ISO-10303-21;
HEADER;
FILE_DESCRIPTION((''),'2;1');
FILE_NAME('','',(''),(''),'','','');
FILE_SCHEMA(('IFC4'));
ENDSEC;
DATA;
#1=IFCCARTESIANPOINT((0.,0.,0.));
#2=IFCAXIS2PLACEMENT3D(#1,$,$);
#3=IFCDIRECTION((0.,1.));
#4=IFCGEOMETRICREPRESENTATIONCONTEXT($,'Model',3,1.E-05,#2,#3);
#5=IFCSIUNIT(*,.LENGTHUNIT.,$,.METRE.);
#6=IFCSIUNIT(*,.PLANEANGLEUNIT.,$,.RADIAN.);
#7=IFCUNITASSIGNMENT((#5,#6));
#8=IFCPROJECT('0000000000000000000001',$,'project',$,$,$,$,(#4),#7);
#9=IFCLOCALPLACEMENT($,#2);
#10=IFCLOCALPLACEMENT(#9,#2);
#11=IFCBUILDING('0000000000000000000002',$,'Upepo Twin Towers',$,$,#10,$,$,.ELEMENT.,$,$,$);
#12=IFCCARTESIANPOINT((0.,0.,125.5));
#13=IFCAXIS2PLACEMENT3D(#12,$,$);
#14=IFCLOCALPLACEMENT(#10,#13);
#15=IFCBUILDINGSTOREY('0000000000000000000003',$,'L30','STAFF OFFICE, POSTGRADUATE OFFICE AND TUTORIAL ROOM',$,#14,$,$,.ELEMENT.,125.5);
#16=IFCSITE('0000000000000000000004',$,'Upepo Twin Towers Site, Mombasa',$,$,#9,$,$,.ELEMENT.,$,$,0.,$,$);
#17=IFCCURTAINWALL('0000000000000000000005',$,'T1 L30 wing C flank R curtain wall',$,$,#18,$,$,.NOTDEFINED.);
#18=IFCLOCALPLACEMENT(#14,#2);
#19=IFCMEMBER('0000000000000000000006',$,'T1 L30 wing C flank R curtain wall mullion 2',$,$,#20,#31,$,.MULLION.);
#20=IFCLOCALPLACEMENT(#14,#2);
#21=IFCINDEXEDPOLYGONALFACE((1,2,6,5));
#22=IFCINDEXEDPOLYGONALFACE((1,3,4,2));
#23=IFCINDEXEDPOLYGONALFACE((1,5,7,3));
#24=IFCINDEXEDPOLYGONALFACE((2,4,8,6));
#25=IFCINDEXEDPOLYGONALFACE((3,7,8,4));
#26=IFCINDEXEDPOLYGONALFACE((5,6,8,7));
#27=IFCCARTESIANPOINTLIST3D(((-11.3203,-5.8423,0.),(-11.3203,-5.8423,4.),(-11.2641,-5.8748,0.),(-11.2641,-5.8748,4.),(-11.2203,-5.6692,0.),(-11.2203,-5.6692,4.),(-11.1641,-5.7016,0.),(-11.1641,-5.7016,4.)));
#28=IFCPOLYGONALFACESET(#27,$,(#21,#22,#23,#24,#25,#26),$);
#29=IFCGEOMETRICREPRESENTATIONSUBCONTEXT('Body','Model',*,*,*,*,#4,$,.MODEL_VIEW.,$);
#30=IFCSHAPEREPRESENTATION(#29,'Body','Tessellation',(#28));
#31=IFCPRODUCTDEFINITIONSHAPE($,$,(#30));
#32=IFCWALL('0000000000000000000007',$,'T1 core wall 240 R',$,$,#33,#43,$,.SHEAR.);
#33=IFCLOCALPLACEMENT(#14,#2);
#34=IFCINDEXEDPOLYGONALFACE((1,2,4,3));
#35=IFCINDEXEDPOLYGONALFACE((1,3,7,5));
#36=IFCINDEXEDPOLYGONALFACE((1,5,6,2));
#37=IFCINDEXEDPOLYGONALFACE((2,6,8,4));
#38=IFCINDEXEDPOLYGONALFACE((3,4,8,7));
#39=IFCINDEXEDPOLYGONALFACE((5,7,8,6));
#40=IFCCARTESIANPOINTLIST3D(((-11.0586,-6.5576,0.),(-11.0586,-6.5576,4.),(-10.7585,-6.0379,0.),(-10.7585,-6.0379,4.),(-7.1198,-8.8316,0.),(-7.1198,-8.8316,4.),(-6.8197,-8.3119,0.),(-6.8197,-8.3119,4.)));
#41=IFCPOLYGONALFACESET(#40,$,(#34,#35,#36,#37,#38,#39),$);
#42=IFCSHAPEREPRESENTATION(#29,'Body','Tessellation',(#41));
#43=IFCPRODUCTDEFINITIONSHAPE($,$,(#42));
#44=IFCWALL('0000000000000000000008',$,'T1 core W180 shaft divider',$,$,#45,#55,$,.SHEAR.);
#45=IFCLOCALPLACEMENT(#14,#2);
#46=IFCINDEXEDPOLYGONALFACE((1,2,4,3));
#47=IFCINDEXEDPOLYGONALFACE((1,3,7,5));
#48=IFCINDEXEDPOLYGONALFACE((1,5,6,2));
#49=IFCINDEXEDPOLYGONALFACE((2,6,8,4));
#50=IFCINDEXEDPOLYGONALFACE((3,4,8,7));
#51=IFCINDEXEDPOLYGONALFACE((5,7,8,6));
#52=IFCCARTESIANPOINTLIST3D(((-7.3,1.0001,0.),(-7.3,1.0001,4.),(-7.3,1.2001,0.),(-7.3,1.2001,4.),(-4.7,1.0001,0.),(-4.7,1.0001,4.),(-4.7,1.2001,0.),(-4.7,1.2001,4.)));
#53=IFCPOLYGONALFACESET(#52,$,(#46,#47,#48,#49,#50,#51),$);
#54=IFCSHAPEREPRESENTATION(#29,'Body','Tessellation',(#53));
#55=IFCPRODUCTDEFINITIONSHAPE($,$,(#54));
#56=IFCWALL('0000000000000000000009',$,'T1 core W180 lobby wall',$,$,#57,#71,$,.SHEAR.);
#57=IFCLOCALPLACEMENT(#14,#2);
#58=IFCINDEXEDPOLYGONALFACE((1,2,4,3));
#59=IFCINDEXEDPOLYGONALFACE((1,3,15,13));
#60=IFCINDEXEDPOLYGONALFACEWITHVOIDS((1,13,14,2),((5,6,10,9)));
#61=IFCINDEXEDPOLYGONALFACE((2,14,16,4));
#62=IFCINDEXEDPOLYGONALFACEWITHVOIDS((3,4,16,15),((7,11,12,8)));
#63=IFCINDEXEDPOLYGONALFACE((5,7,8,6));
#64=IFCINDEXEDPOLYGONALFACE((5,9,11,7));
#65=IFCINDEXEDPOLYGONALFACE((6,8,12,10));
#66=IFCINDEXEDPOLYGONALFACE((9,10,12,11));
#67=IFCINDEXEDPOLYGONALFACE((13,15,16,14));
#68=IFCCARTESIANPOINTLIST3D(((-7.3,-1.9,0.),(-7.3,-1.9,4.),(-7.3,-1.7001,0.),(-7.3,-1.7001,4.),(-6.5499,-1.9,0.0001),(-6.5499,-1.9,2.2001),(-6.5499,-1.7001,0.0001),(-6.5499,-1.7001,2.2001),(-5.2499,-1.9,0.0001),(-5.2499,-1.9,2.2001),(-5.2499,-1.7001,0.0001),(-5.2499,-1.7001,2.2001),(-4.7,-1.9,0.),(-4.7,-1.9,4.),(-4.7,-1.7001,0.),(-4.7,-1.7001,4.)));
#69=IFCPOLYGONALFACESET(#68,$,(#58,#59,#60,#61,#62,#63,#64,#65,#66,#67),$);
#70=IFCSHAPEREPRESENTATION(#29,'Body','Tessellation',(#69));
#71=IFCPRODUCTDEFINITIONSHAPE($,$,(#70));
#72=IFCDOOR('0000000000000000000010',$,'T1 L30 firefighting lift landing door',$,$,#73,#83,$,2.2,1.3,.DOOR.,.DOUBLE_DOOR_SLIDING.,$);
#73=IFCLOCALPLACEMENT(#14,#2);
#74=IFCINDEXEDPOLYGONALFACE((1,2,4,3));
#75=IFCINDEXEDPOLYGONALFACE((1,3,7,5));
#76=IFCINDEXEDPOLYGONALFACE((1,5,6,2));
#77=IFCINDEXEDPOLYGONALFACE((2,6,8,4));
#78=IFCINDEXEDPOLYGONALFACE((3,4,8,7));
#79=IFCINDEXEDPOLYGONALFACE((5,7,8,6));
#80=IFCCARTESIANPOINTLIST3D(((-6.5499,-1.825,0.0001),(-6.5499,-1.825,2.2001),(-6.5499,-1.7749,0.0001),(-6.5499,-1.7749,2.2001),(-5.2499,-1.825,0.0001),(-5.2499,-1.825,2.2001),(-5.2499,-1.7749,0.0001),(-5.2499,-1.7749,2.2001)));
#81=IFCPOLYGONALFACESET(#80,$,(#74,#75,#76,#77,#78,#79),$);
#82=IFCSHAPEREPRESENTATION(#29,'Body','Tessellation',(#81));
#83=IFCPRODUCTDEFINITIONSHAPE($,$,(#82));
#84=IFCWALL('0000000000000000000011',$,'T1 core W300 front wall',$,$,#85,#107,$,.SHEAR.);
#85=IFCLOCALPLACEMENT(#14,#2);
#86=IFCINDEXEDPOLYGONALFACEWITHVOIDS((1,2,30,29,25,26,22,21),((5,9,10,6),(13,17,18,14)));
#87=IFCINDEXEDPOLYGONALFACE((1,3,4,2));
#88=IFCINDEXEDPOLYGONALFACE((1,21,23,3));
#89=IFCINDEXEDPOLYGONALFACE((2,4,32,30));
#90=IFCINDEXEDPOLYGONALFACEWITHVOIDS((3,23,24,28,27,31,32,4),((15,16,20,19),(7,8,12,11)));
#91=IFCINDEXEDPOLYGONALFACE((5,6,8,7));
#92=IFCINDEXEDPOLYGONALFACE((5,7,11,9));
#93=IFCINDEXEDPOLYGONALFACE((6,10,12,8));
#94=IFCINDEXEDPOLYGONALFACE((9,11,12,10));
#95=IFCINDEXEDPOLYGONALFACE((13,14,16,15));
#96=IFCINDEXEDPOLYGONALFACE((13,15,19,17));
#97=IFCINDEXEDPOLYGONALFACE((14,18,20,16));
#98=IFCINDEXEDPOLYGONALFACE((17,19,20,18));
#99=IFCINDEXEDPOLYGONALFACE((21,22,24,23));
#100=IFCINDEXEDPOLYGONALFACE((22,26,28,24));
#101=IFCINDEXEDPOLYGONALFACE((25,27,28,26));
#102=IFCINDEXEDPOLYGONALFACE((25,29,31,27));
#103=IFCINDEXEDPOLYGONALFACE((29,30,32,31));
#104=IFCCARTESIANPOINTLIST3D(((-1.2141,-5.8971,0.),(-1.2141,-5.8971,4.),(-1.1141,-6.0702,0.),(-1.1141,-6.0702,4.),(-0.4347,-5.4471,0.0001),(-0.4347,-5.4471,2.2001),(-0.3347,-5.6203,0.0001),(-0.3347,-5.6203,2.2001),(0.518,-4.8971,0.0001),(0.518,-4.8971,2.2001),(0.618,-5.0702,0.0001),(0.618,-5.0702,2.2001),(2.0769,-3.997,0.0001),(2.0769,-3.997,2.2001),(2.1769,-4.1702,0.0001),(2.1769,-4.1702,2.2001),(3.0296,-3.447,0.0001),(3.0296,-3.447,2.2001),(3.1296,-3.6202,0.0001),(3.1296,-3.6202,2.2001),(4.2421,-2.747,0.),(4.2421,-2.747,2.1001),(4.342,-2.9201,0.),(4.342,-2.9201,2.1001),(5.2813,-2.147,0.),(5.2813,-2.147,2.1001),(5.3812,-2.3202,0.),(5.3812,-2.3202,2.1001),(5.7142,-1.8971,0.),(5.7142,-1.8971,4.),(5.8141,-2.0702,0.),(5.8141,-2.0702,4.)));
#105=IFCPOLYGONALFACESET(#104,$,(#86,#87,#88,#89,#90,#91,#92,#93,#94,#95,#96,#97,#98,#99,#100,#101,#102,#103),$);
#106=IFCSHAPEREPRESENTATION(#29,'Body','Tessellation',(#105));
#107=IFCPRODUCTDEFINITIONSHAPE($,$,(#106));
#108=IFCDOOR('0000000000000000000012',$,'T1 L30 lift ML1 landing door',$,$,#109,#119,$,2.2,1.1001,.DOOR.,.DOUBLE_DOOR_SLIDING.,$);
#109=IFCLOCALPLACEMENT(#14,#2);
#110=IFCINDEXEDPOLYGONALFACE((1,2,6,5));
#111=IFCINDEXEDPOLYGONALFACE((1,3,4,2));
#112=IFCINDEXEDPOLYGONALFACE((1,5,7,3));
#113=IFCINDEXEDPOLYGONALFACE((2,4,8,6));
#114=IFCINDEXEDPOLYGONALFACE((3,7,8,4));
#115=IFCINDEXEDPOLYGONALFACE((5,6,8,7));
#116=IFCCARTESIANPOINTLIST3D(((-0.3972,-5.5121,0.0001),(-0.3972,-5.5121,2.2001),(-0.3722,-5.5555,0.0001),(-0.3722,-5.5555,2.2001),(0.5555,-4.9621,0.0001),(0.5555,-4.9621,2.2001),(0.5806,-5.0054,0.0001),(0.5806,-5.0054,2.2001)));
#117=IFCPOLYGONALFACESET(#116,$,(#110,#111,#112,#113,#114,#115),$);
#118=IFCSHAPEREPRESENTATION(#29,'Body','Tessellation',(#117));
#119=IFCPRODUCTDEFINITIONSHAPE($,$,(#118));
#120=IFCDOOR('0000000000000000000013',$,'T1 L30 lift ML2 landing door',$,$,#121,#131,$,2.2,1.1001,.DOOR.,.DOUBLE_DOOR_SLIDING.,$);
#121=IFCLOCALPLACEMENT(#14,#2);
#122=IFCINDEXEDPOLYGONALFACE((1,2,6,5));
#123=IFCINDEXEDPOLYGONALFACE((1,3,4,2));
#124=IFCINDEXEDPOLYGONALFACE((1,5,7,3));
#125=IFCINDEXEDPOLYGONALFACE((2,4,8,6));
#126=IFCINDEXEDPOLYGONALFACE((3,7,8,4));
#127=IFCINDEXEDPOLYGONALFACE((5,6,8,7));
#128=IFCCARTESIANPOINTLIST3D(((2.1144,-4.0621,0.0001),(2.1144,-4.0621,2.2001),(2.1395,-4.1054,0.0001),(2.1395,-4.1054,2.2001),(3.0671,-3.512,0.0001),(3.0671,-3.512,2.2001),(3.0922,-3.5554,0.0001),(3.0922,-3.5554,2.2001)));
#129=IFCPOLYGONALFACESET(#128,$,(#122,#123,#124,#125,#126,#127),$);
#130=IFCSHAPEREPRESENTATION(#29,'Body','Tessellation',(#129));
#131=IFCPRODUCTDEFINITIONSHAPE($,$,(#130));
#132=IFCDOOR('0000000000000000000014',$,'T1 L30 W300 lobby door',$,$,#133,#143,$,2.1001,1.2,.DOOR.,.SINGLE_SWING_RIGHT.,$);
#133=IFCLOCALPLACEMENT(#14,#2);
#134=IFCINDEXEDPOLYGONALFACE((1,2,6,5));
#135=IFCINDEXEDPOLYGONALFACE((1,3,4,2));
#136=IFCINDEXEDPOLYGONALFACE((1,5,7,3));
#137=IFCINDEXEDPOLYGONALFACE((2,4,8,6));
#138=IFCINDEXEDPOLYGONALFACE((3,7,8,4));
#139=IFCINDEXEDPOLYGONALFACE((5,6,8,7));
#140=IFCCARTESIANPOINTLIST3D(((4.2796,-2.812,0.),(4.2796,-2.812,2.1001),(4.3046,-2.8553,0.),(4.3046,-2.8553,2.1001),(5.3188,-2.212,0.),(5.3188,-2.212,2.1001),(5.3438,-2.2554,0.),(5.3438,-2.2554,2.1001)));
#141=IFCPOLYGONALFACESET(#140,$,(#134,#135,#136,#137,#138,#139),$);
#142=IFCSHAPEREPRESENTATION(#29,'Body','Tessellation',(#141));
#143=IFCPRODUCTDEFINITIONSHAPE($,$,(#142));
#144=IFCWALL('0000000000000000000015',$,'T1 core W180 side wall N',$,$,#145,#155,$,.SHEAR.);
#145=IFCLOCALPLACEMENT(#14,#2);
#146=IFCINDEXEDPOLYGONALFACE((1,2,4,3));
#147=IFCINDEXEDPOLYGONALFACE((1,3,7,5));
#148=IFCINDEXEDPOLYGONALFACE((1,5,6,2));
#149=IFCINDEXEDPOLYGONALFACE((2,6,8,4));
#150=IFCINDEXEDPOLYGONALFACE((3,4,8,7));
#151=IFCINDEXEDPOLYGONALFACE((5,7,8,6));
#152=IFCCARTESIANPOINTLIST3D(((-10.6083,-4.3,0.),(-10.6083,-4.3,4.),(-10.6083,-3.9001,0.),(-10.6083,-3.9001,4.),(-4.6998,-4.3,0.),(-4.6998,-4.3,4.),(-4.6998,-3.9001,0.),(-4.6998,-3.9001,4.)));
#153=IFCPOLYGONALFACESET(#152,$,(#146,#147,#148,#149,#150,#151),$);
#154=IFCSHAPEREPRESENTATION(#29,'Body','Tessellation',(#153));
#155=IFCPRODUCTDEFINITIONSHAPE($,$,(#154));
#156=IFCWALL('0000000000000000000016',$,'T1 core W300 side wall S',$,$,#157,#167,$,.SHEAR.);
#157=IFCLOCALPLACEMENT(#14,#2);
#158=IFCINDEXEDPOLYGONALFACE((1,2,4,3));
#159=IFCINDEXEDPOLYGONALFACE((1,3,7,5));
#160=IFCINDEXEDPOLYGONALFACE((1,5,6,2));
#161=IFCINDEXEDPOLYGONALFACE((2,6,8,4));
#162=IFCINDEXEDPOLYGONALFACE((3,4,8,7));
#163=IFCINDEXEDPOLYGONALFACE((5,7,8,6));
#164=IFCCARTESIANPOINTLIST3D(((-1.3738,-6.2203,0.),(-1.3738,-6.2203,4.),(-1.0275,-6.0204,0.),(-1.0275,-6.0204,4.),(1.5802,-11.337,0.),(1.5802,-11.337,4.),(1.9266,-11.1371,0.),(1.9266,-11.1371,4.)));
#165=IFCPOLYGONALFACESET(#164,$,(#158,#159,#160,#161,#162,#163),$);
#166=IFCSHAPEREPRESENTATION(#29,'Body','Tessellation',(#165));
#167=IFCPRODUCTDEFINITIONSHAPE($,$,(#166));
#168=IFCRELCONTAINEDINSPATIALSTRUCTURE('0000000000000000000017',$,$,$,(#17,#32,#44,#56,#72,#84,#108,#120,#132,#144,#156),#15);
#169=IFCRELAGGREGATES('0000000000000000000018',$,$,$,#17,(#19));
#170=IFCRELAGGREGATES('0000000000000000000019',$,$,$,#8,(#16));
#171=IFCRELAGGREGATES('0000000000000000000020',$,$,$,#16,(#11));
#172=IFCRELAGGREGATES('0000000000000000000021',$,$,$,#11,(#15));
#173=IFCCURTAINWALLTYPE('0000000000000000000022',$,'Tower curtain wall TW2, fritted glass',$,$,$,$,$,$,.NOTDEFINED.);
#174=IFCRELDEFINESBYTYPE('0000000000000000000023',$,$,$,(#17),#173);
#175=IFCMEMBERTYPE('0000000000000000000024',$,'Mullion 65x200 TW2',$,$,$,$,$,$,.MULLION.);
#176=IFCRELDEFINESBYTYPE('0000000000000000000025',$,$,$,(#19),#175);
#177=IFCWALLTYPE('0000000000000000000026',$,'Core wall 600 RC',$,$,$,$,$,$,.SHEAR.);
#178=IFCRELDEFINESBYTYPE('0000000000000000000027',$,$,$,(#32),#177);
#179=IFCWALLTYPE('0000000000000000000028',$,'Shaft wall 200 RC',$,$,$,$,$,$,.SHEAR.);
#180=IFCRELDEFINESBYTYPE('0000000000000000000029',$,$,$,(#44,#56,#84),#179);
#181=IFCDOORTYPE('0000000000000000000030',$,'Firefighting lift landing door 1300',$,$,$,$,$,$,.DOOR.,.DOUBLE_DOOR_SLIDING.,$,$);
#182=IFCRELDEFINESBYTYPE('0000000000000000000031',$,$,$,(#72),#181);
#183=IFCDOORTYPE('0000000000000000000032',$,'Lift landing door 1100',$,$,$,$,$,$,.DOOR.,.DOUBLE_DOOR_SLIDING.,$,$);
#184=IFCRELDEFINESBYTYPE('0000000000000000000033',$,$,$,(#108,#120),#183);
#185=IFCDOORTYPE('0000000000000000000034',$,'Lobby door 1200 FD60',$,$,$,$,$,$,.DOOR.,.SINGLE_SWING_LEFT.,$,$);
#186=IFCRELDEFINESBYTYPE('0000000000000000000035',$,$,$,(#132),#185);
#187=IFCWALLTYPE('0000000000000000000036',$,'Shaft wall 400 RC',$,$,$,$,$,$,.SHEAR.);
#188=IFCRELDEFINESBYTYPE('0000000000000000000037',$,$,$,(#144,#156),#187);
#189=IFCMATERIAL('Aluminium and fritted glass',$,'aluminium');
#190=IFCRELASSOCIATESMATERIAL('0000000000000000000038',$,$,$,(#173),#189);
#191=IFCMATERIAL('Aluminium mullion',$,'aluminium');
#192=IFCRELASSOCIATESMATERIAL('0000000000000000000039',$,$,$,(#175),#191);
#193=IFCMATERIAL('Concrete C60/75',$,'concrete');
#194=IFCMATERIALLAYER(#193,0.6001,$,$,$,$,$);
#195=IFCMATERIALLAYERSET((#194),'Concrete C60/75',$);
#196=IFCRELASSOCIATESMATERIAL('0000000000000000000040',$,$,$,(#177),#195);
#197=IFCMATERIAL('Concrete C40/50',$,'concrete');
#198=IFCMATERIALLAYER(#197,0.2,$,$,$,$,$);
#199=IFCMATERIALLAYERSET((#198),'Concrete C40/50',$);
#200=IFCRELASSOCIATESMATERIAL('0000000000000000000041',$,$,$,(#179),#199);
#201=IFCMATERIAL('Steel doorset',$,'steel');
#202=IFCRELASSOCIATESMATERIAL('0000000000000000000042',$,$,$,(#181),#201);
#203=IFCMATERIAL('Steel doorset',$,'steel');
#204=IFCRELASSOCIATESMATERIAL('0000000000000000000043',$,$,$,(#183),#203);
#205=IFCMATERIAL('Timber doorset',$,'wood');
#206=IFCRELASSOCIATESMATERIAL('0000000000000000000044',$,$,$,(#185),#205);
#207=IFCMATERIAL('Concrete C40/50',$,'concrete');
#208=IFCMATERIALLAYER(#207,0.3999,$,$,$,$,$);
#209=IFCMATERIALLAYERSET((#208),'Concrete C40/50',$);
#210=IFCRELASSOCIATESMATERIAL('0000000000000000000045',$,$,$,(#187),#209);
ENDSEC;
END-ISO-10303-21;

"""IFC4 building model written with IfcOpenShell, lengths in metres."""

from ifc_helpers import new_model, si_unit, direction, frame, frame_2d, origin, origin_2d, place, context, subcontext, project, spatial, rectangle, extrude, material, layer, layer_set, material_profile, profile_set, type_object, element, fill, aggregate, save


model = new_model("IFC4")

# Units and contexts
model_context = context("Model", 3, precision=1e-05, world=origin(), true_north=direction((0.0, 1.0)))
body_context = subcontext(model_context, "Body", "Model", "MODEL_VIEW")
ifc_project = project(units=[si_unit("LENGTHUNIT", "METRE"), si_unit("PLANEANGLEUNIT", "RADIAN")], contexts=[model_context])

# Site, building, storey
site_placement = place(None, origin())
site = spatial("IfcSite", under=ifc_project, at=site_placement, Name="Upepo Twin Towers Site, Mombasa", CompositionType="ELEMENT", RefElevation=0.0)
building_placement = place(site_placement, origin())
building = spatial("IfcBuilding", under=site, at=building_placement, Name="Upepo Twin Towers", CompositionType="ELEMENT")
storey_placement = place(building_placement, frame((0.0, 0.0, 125.5)))
storey = spatial("IfcBuildingStorey", under=building, at=storey_placement, Name="L30", Description="STAFF OFFICE, POSTGRADUATE OFFICE AND TUTORIAL ROOM", CompositionType="ELEMENT", Elevation=125.5)

# Curtain wall, member
ifc_material_1 = material(Name="Aluminium and fritted glass", Category="aluminium")
curtain_wall_type = type_object("IfcCurtainWallType", Name="Tower curtain wall TW2, fritted glass", PredefinedType="NOTDEFINED", material=ifc_material_1)
curtain_wall_placement = place(storey_placement, origin())
curtain_wall = element("IfcCurtainWall", 1, at=curtain_wall_placement, inside=storey, type_object=curtain_wall_type, Name="T1 L30 wing C flank R curtain wall", PredefinedType="NOTDEFINED")
ifc_material_2 = material(Name="Aluminium mullion", Category="aluminium")
ifc_material_profile = material_profile(ifc_material_2, rectangle(XDim=0.0649, YDim=0.2, at=origin_2d()), Name="MULLION 65x200")
ifc_profile_set = profile_set([ifc_material_profile], Name="Aluminium mullion")
member_type = type_object("IfcMemberType", Name="Mullion 65x200 TW2", PredefinedType="MULLION", material=ifc_profile_set)
member_placement = place(storey_placement, frame((-11.2422, -5.772, 0.0), z_axis=(0.0, 0.0, 1.0), x_axis=(-0.866025, 0.5, 0.0)))
member = element("IfcMember", 2, at=member_placement, type_object=member_type, Name="T1 L30 wing C flank R curtain wall mullion 2", PredefinedType="MULLION", context=body_context, shape_type="SweptSolid", body=[
    extrude(rectangle(XDim=0.0649, YDim=0.2, at=origin_2d()), origin(), (0.0, 0.0, 1.0), 4.0),
])
aggregate(curtain_wall, [member])

# Walls
ifc_material_3 = material(Name="Concrete C60/75", Category="concrete")
ifc_layer_1 = layer(ifc_material_3, 0.6001)
ifc_layer_set_1 = layer_set([ifc_layer_1], Name="Concrete C60/75")
wall_type_1 = type_object("IfcWallType", Name="Core wall 600 RC", PredefinedType="SHEAR", material=ifc_layer_set_1)
wall_1_placement = place(storey_placement, frame((-10.9084, -6.2979, 0.0), z_axis=(0.0, 0.0, 1.0), x_axis=(0.866035, -0.499984, 0.0)))
element("IfcWall", 3, at=wall_1_placement, inside=storey, type_object=wall_type_1, Name="T1 core wall 240 R", PredefinedType="SHEAR", context=body_context, shape_type="SweptSolid", body=[
    extrude(rectangle(XDim=4.5481, YDim=0.6001, at=frame_2d((2.2739, 0.0))), origin(), (0.0, 0.0, 1.0), 4.0),
])
ifc_material_4 = material(Name="Concrete C40/50", Category="concrete")
ifc_layer_2 = layer(ifc_material_4, 0.2)
ifc_layer_set_2 = layer_set([ifc_layer_2], Name="Concrete C40/50")
wall_type_2 = type_object("IfcWallType", Name="Shaft wall 200 RC", PredefinedType="SHEAR", material=ifc_layer_set_2)
wall_2_placement = place(storey_placement, frame((-4.7, 1.1001, 0.0), z_axis=(0.0, 0.0, 1.0), x_axis=(-1.0, 0.0, 0.0)))
element("IfcWall", 4, at=wall_2_placement, inside=storey, type_object=wall_type_2, Name="T1 core W180 shaft divider", PredefinedType="SHEAR", context=body_context, shape_type="SweptSolid", body=[
    extrude(rectangle(XDim=2.6001, YDim=0.2, at=frame_2d((1.3, 0.0))), origin(), (0.0, 0.0, 1.0), 4.0),
])

# Wall, opening, door
wall_3_placement = place(storey_placement, frame((-4.7, -1.8, 0.0), z_axis=(0.0, 0.0, 1.0), x_axis=(-1.0, 0.0, 0.0)))
wall_3 = element("IfcWall", 5, at=wall_3_placement, inside=storey, type_object=wall_type_2, Name="T1 core W180 lobby wall", PredefinedType="SHEAR", context=body_context, shape_type="SweptSolid", body=[
    extrude(rectangle(XDim=2.6001, YDim=0.2, at=frame_2d((1.3, 0.0))), origin(), (0.0, 0.0, 1.0), 4.0),
])
opening_1_placement = place(wall_3_placement, frame((0.55, 0.0, 0.0)))
opening_1 = element("IfcOpeningElement", 6, at=opening_1_placement, cuts=wall_3, PredefinedType="OPENING", context=body_context, shape_type="SweptSolid", body=[
    extrude(rectangle(XDim=1.3, YDim=2.2, at=frame_2d((0.6499, 1.1001))), frame((0.0, 0.1099, 0.0), z_axis=(0.0, -1.0, 0.0), x_axis=(1.0, 0.0, 0.0)), (0.0, 0.0, 1.0), 0.22),
])
ifc_material_5 = material(Name="Steel doorset", Category="steel")
door_type_1 = type_object("IfcDoorType", Name="Firefighting lift landing door 1300", OperationType="DOUBLE_DOOR_SLIDING", PredefinedType="DOOR", material=ifc_material_5)
door_1_placement = place(opening_1_placement, origin())
door_1 = element("IfcDoor", 7, at=door_1_placement, inside=storey, type_object=door_type_1, Name="T1 L30 firefighting lift landing door", OperationType="DOUBLE_DOOR_SLIDING", OverallHeight=2.2, OverallWidth=1.3, PredefinedType="DOOR", context=body_context, shape_type="SweptSolid", body=[
    extrude(rectangle(XDim=1.3, YDim=2.2, at=frame_2d((0.6499, 1.1001))), frame((0.0, 0.0249, 0.0), z_axis=(0.0, -1.0, 0.0), x_axis=(1.0, 0.0, 0.0)), (0.0, 0.0, 1.0), 0.05),
])
fill(opening_1, door_1)

# Wall, openings, doors
wall_4_placement = place(storey_placement, frame((-1.1641, -5.9836, 0.0), z_axis=(0.0, 0.0, 1.0), x_axis=(0.866026, 0.499999, 0.0)))
wall_4 = element("IfcWall", 8, at=wall_4_placement, inside=storey, type_object=wall_type_2, Name="T1 core W300 front wall", PredefinedType="SHEAR", context=body_context, shape_type="SweptSolid", body=[
    extrude(rectangle(XDim=8.0, YDim=0.2, at=frame_2d((4.0, 0.0))), origin(), (0.0, 0.0, 1.0), 4.0),
])
opening_2_placement = place(wall_4_placement, frame((6.3, 0.0, 0.0)))
opening_2 = element("IfcOpeningElement", 9, at=opening_2_placement, cuts=wall_4, PredefinedType="OPENING", context=body_context, shape_type="SweptSolid", body=[
    extrude(rectangle(XDim=1.2, YDim=2.1001, at=frame_2d((0.6001, 1.05))), frame((0.0, 0.1099, 0.0), z_axis=(0.0, -1.0, 0.0), x_axis=(1.0, 0.0, 0.0)), (0.0, 0.0, 1.0), 0.22),
])
opening_3_placement = place(wall_4_placement, frame((0.8999, 0.0, 0.0)))
opening_3 = element("IfcOpeningElement", 10, at=opening_3_placement, cuts=wall_4, PredefinedType="OPENING", context=body_context, shape_type="SweptSolid", body=[
    extrude(rectangle(XDim=1.1001, YDim=2.2, at=frame_2d((0.55, 1.1001))), frame((0.0, 0.1099, 0.0), z_axis=(0.0, -1.0, 0.0), x_axis=(1.0, 0.0, 0.0)), (0.0, 0.0, 1.0), 0.22),
])
opening_4_placement = place(wall_4_placement, frame((3.8, 0.0, 0.0)))
opening_4 = element("IfcOpeningElement", 11, at=opening_4_placement, cuts=wall_4, PredefinedType="OPENING", context=body_context, shape_type="SweptSolid", body=[
    extrude(rectangle(XDim=1.1001, YDim=2.2, at=frame_2d((0.55, 1.1001))), frame((0.0, 0.1099, 0.0), z_axis=(0.0, -1.0, 0.0), x_axis=(1.0, 0.0, 0.0)), (0.0, 0.0, 1.0), 0.22),
])
ifc_material_6 = material(Name="Steel doorset", Category="steel")
door_type_2 = type_object("IfcDoorType", Name="Lift landing door 1100", OperationType="DOUBLE_DOOR_SLIDING", PredefinedType="DOOR", material=ifc_material_6)
door_2_placement = place(opening_3_placement, origin())
door_2 = element("IfcDoor", 12, at=door_2_placement, inside=storey, type_object=door_type_2, Name="T1 L30 lift ML1 landing door", OperationType="DOUBLE_DOOR_SLIDING", OverallHeight=2.2, OverallWidth=1.1001, PredefinedType="DOOR", context=body_context, shape_type="SweptSolid", body=[
    extrude(rectangle(XDim=1.1001, YDim=2.2, at=frame_2d((0.55, 1.1001))), frame((0.0, 0.0249, 0.0), z_axis=(0.0, -1.0, 0.0), x_axis=(1.0, 0.0, 0.0)), (0.0, 0.0, 1.0), 0.05),
])
fill(opening_3, door_2)
door_3_placement = place(opening_4_placement, origin())
door_3 = element("IfcDoor", 13, at=door_3_placement, inside=storey, type_object=door_type_2, Name="T1 L30 lift ML2 landing door", OperationType="DOUBLE_DOOR_SLIDING", OverallHeight=2.2, OverallWidth=1.1001, PredefinedType="DOOR", context=body_context, shape_type="SweptSolid", body=[
    extrude(rectangle(XDim=1.1001, YDim=2.2, at=frame_2d((0.55, 1.1001))), frame((0.0, 0.0249, 0.0), z_axis=(0.0, -1.0, 0.0), x_axis=(1.0, 0.0, 0.0)), (0.0, 0.0, 1.0), 0.05),
])
fill(opening_4, door_3)
ifc_material_7 = material(Name="Timber doorset", Category="wood")
door_type_3 = type_object("IfcDoorType", Name="Lobby door 1200 FD60", OperationType="SINGLE_SWING_LEFT", PredefinedType="DOOR", material=ifc_material_7)
door_4_placement = place(opening_2_placement, origin())
door_4 = element("IfcDoor", 14, at=door_4_placement, inside=storey, type_object=door_type_3, Name="T1 L30 W300 lobby door", OperationType="SINGLE_SWING_RIGHT", OverallHeight=2.1001, OverallWidth=1.2, PredefinedType="DOOR", context=body_context, shape_type="SweptSolid", body=[
    extrude(rectangle(XDim=1.2, YDim=2.1001, at=frame_2d((0.6001, 1.05))), frame((0.0, 0.0249, 0.0), z_axis=(0.0, -1.0, 0.0), x_axis=(1.0, 0.0, 0.0)), (0.0, 0.0, 1.0), 0.05),
])
fill(opening_2, door_4)

# Walls
ifc_material_8 = material(Name="Concrete C40/50", Category="concrete")
ifc_layer_3 = layer(ifc_material_8, 0.3999)
ifc_layer_set_3 = layer_set([ifc_layer_3], Name="Concrete C40/50")
wall_type_3 = type_object("IfcWallType", Name="Shaft wall 400 RC", PredefinedType="SHEAR", material=ifc_layer_set_3)
wall_5_placement = place(storey_placement, frame((-4.7, -4.1001, 0.0), z_axis=(0.0, 0.0, 1.0), x_axis=(-1.0, 0.0, 0.0)))
element("IfcWall", 15, at=wall_5_placement, inside=storey, type_object=wall_type_3, Name="T1 core W180 side wall N", PredefinedType="SHEAR", context=body_context, shape_type="SweptSolid", body=[
    extrude(rectangle(XDim=5.9084, YDim=0.3999, at=frame_2d((2.9541, 0.0))), origin(), (0.0, 0.0, 1.0), 4.0),
])
wall_6_placement = place(storey_placement, frame((-1.2007, -6.1204, 0.0), z_axis=(0.0, 0.0, 1.0), x_axis=(0.499997, -0.866027, 0.0)))
element("IfcWall", 16, at=wall_6_placement, inside=storey, type_object=wall_type_3, Name="T1 core W300 side wall S", PredefinedType="SHEAR", context=body_context, shape_type="SweptSolid", body=[
    extrude(rectangle(XDim=5.9082, YDim=0.3999, at=frame_2d((2.9541, 0.0))), origin(), (0.0, 0.0, 1.0), 4.0),
])

save(model, "model.ifc")
